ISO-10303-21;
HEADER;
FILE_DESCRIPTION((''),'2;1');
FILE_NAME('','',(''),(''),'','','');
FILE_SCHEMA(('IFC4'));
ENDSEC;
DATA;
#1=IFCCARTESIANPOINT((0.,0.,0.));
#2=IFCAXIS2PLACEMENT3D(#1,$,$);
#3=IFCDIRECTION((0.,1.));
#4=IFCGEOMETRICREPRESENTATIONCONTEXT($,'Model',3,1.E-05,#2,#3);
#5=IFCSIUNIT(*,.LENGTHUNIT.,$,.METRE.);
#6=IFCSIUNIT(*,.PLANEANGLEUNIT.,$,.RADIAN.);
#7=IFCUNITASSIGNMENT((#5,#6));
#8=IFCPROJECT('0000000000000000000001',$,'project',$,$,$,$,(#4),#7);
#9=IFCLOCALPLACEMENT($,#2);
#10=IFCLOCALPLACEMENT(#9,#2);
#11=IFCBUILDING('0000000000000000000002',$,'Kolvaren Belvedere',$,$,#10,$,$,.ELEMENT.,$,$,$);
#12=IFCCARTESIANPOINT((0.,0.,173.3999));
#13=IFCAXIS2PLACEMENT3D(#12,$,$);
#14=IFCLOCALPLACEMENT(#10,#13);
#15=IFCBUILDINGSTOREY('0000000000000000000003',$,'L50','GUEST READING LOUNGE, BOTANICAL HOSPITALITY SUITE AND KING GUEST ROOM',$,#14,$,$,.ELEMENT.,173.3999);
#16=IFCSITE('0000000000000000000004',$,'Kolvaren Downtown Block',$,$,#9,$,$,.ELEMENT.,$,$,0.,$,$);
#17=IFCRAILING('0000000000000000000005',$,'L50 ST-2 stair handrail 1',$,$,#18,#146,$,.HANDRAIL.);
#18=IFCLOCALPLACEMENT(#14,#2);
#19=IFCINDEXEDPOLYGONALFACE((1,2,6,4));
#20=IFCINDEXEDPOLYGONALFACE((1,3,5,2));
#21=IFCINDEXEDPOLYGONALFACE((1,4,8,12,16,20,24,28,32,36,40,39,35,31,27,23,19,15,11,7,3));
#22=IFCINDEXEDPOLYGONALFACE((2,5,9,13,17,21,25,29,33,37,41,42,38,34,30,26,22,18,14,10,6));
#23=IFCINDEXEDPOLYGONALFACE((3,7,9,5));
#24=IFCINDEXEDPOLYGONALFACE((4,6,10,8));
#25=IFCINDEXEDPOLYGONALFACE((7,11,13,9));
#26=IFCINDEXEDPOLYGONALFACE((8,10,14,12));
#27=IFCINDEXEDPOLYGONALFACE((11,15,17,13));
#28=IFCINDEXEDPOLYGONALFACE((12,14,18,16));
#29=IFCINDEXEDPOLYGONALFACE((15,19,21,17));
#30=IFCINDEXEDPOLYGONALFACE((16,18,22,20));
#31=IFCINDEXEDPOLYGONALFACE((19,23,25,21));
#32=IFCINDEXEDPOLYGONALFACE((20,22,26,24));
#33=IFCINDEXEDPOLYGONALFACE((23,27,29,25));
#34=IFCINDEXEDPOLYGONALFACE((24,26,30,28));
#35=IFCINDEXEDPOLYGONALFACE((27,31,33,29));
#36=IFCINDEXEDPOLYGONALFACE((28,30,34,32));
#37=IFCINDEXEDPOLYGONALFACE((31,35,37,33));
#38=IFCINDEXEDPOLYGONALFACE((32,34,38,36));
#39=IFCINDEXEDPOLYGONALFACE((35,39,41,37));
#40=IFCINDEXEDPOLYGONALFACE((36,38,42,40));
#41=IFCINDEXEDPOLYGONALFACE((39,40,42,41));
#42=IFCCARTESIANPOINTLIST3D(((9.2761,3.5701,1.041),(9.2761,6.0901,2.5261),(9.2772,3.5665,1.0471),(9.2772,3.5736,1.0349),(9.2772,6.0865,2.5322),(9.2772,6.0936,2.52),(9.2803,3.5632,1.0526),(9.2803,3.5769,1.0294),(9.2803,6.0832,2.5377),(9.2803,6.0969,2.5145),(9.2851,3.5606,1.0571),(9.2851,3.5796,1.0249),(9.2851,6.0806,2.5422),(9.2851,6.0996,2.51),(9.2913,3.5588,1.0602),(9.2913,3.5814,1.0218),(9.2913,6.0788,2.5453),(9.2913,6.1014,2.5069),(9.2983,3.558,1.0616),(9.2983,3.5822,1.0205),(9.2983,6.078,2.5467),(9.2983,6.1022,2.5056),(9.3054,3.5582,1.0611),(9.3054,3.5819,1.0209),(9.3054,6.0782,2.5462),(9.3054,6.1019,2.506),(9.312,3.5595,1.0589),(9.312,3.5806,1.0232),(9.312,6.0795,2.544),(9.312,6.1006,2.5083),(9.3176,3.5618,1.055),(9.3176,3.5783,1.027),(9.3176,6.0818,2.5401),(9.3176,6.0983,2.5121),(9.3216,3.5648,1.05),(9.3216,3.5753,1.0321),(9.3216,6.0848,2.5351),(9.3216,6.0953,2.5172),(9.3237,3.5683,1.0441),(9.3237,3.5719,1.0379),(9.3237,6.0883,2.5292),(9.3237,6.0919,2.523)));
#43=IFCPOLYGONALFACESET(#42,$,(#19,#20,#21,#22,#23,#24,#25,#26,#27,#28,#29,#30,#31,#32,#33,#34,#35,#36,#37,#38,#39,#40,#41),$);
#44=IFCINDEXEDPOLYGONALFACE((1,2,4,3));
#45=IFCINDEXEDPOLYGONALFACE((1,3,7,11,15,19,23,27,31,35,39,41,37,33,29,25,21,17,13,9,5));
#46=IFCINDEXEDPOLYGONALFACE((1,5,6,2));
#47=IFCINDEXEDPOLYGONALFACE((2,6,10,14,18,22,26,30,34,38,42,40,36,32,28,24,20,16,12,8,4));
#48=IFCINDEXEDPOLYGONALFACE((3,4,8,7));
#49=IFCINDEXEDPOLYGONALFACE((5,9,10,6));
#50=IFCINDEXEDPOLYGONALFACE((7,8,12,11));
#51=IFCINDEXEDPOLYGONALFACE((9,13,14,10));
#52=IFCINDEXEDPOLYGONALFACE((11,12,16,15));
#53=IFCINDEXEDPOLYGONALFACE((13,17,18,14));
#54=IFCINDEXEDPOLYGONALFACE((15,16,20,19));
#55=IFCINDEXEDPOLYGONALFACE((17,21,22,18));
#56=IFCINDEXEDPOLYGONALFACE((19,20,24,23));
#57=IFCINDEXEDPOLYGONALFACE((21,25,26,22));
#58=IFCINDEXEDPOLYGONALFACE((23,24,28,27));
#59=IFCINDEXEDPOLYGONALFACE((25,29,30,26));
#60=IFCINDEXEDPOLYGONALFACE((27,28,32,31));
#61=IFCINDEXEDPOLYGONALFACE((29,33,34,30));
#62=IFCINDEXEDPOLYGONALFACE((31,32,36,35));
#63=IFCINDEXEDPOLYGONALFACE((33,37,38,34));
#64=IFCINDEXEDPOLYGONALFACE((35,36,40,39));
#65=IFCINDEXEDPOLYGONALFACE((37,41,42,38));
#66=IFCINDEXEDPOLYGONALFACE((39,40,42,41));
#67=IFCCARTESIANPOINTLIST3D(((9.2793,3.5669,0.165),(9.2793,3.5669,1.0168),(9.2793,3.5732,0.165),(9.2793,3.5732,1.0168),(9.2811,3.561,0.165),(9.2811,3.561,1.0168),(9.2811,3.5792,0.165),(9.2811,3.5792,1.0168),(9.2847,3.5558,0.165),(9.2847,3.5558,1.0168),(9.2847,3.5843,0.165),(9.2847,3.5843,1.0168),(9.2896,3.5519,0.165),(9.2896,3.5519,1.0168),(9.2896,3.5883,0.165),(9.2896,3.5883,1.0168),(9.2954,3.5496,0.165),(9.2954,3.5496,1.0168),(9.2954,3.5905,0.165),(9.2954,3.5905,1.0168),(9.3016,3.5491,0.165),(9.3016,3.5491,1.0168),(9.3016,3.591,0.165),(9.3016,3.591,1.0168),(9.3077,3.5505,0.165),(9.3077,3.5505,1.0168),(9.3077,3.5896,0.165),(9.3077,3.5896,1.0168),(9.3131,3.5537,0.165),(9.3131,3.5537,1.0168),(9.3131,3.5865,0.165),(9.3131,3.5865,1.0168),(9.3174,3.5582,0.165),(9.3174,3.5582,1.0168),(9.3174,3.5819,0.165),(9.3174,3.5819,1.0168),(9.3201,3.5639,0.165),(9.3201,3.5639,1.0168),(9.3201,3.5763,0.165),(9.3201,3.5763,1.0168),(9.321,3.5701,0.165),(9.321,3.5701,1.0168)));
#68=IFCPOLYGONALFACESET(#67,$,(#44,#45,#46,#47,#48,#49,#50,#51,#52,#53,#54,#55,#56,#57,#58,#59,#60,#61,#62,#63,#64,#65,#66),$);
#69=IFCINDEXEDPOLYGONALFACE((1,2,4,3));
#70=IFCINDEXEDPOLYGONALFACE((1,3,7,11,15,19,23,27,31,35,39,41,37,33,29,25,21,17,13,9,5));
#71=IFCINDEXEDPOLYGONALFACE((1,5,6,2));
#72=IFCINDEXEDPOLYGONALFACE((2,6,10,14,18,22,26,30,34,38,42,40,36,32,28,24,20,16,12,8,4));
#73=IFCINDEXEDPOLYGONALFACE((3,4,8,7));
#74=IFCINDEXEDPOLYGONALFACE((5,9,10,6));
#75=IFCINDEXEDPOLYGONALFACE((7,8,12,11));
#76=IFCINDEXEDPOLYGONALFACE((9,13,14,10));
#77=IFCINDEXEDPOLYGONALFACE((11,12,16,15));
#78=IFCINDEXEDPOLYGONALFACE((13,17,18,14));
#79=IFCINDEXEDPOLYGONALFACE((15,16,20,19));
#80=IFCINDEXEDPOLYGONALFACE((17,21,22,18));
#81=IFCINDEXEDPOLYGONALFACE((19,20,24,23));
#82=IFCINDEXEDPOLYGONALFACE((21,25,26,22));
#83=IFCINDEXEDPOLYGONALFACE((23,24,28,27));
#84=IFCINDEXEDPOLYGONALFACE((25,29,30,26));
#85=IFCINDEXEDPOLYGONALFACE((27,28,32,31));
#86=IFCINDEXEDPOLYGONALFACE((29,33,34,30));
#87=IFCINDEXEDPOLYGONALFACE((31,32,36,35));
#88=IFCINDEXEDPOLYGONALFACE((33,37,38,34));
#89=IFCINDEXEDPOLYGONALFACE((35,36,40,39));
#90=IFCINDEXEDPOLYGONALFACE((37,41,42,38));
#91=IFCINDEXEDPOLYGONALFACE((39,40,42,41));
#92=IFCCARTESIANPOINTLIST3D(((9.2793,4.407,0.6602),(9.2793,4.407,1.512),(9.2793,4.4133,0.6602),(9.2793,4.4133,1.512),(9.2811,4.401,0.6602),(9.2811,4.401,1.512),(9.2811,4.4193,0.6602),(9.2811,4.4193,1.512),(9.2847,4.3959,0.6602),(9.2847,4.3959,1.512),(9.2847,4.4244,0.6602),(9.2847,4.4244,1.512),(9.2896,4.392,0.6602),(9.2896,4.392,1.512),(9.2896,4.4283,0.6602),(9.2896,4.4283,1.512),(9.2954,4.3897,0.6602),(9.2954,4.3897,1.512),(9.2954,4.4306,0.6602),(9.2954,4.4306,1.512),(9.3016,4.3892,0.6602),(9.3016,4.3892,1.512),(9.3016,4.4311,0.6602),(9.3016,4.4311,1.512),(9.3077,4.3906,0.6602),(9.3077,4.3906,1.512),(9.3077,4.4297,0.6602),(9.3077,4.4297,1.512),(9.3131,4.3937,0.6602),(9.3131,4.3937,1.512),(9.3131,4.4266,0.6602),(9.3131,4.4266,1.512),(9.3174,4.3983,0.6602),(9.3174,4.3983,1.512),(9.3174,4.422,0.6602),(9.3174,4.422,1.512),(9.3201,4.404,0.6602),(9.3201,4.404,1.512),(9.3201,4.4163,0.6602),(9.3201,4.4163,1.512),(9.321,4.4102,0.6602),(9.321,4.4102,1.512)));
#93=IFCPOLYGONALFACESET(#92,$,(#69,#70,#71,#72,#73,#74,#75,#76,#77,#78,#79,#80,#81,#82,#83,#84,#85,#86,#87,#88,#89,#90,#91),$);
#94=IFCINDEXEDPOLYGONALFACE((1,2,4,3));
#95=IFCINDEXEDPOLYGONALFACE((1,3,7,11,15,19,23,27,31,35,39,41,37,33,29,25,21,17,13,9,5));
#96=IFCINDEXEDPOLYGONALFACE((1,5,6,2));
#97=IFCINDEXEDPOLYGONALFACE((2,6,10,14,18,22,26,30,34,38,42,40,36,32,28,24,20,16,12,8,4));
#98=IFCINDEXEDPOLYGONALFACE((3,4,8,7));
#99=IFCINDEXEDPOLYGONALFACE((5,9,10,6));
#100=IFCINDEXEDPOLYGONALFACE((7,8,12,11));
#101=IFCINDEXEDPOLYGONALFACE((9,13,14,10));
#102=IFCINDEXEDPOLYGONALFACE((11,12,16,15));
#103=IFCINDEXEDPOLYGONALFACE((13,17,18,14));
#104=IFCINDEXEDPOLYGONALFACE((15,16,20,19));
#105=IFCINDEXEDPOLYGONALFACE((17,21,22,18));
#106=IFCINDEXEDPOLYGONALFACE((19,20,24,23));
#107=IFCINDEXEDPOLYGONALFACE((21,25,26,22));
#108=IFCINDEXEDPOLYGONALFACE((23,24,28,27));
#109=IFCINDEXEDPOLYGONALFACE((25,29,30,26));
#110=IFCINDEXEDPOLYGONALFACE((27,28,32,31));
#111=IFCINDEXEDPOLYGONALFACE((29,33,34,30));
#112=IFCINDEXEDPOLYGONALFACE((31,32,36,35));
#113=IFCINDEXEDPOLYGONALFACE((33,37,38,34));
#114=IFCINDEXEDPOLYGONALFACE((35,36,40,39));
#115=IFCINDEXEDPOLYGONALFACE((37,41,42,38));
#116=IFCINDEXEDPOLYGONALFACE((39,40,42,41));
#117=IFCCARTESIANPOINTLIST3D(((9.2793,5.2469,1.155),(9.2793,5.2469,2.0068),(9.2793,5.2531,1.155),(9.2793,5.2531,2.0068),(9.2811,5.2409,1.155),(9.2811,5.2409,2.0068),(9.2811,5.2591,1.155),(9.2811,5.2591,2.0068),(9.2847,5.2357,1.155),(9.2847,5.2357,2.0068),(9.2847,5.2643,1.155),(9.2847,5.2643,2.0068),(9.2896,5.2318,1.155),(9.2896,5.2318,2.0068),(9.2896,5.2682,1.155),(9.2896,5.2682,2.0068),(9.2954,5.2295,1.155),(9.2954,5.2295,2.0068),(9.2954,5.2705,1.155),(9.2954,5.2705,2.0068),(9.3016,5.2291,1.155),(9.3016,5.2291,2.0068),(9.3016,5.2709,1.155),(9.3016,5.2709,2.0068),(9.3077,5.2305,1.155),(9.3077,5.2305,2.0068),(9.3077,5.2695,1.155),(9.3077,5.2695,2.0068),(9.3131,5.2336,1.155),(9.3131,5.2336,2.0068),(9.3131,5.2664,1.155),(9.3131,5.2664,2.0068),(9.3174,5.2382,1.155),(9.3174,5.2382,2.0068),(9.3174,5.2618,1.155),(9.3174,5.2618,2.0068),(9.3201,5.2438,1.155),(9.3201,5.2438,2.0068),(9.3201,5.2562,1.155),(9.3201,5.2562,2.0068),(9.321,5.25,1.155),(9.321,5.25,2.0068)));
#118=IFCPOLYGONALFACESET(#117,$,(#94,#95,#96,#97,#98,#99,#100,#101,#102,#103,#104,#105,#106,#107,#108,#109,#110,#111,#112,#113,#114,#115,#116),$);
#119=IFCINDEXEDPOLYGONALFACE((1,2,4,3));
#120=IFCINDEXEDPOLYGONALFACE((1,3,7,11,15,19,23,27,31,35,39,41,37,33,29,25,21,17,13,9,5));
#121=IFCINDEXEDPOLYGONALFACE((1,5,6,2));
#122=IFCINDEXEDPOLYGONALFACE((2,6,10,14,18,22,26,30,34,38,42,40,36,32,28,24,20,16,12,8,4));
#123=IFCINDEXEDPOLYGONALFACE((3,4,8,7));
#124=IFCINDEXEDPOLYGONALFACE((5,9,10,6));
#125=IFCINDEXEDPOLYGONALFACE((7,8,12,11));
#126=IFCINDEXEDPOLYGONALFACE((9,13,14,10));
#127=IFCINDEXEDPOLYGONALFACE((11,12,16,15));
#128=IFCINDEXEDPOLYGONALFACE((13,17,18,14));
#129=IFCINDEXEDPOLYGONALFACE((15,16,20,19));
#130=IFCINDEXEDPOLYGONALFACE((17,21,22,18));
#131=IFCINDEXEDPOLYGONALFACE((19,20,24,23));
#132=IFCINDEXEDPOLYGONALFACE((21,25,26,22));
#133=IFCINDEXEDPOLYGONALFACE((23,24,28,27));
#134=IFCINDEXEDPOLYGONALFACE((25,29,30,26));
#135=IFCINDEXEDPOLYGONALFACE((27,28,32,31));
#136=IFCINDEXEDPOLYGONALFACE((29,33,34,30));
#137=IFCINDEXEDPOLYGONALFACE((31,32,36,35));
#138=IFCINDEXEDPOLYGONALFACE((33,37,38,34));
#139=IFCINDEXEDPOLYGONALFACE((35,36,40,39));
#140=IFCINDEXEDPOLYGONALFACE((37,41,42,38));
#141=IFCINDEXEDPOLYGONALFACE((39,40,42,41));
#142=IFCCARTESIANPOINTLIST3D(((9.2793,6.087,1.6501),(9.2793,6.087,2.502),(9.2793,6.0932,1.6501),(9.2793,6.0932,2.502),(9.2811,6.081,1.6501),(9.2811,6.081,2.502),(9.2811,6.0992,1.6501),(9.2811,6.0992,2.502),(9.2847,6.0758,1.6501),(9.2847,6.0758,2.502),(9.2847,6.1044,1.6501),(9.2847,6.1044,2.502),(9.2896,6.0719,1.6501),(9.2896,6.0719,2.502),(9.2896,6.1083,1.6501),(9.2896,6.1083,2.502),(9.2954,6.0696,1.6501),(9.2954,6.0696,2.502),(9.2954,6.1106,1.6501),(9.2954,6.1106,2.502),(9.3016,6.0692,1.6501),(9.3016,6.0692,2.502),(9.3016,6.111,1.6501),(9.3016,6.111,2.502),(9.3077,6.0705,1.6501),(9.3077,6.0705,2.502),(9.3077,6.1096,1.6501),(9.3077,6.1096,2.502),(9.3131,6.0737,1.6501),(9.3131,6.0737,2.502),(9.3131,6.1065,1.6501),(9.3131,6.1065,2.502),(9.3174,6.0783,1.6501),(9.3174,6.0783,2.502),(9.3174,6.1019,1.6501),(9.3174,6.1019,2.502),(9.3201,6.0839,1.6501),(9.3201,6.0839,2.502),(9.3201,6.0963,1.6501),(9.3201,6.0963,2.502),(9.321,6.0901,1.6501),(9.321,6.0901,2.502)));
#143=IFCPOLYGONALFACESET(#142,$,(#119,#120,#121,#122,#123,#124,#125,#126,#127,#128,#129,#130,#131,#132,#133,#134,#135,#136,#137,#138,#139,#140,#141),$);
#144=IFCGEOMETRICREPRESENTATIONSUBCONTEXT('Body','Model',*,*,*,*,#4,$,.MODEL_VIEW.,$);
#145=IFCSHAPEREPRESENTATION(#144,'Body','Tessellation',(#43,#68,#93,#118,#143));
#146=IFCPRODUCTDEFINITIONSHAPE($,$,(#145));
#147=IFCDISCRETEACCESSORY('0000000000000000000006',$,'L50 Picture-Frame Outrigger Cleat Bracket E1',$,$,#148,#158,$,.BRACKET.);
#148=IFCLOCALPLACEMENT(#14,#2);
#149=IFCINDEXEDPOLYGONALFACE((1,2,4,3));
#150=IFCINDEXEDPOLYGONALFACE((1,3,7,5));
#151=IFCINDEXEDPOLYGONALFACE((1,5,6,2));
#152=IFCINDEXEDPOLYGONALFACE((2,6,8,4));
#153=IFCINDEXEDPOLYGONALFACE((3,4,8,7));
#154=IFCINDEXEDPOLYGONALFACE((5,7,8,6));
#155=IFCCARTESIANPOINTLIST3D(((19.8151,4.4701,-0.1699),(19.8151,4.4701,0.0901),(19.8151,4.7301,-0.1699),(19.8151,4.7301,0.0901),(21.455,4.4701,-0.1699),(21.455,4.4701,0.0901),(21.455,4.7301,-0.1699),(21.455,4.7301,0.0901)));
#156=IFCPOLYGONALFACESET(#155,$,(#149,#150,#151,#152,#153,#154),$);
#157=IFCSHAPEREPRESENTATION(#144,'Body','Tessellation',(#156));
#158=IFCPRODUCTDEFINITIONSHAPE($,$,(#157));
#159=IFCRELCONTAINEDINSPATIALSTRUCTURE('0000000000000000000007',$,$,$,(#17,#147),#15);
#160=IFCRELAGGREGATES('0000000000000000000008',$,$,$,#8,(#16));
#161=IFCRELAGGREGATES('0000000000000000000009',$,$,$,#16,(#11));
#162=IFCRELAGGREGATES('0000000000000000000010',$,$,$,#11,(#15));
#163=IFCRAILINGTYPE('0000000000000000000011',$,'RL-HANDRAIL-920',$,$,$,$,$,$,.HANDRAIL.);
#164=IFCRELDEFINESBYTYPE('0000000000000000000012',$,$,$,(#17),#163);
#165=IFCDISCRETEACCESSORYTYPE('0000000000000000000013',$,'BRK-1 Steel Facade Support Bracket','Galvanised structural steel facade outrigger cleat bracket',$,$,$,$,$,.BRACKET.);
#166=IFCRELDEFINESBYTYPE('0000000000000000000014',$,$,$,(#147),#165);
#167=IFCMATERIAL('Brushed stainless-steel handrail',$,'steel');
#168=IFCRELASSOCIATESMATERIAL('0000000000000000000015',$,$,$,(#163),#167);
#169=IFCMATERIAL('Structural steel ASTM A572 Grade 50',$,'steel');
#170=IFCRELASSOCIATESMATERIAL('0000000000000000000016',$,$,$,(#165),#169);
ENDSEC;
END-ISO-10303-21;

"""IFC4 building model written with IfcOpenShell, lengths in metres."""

from ifc_helpers import new_model, si_unit, direction, frame, origin, origin_2d, place, context, subcontext, project, spatial, rectangle, circle, extrude, material, type_object, element, save


model = new_model("IFC4")

# Units and contexts
model_context = context("Model", 3, precision=1e-05, world=origin(), true_north=direction((0.0, 1.0)))
body_context = subcontext(model_context, "Body", "Model", "MODEL_VIEW")
ifc_project = project(units=[si_unit("LENGTHUNIT", "METRE"), si_unit("PLANEANGLEUNIT", "RADIAN")], contexts=[model_context])

# Site, building, storey
site_placement = place(None, origin())
site = spatial("IfcSite", under=ifc_project, at=site_placement, Name="Kolvaren Downtown Block", CompositionType="ELEMENT", RefElevation=0.0)
building_placement = place(site_placement, origin())
building = spatial("IfcBuilding", under=site, at=building_placement, Name="Kolvaren Belvedere", CompositionType="ELEMENT")
storey_placement = place(building_placement, frame((0.0, 0.0, 173.3999)))
storey = spatial("IfcBuildingStorey", under=building, at=storey_placement, Name="L50", Description="GUEST READING LOUNGE, BOTANICAL HOSPITALITY SUITE AND KING GUEST ROOM", CompositionType="ELEMENT", Elevation=173.3999)

# Railing
ifc_material_1 = material(Name="Brushed stainless-steel handrail", Category="steel")
railing_type = type_object("IfcRailingType", Name="RL-HANDRAIL-920", PredefinedType="HANDRAIL", material=ifc_material_1)
railing_placement = place(storey_placement, frame((9.3, 3.5701, 0.165)))
element("IfcRailing", 1, at=railing_placement, inside=storey, type_object=railing_type, Name="L50 ST-2 stair handrail 1", PredefinedType="HANDRAIL", context=body_context, shape_type="SweptSolid", body=[
    extrude(circle(Radius=0.0239, at=origin_2d()), frame((0.0, 0.0, 0.876), z_axis=(0.0, 0.861524, 0.507717), x_axis=(-1.0, 0.0, 0.0)), (0.0, 0.0, 1.0), 2.925),
    extrude(circle(Radius=0.021, at=origin_2d()), origin(), (0.0, 0.0, 1.0), 0.8518),
    extrude(circle(Radius=0.021, at=origin_2d()), frame((0.0, 0.8401, 0.4951)), (0.0, 0.0, 1.0), 0.8518),
    extrude(circle(Radius=0.021, at=origin_2d()), frame((0.0, 1.6799, 0.99)), (0.0, 0.0, 1.0), 0.8518),
    extrude(circle(Radius=0.021, at=origin_2d()), frame((0.0, 2.52, 1.4851)), (0.0, 0.0, 1.0), 0.8518),
])

# Discrete accessory
ifc_material_2 = material(Name="Structural steel ASTM A572 Grade 50", Category="steel")
discrete_accessory_type = type_object("IfcDiscreteAccessoryType", Name="BRK-1 Steel Facade Support Bracket", Description="Galvanised structural steel facade outrigger cleat bracket", PredefinedType="BRACKET", material=ifc_material_2)
discrete_accessory_placement = place(storey_placement, frame((20.635, 4.6001, -0.1699), z_axis=(0.0, 0.0, 1.0), x_axis=(1.0, 0.0, 0.0)))
element("IfcDiscreteAccessory", 2, at=discrete_accessory_placement, inside=storey, type_object=discrete_accessory_type, Name="L50 Picture-Frame Outrigger Cleat Bracket E1", PredefinedType="BRACKET", context=body_context, shape_type="SweptSolid", body=[
    extrude(rectangle(XDim=1.6399, YDim=0.26, at=origin_2d()), origin(), (0.0, 0.0, 1.0), 0.26),
])

save(model, "model.ifc")
